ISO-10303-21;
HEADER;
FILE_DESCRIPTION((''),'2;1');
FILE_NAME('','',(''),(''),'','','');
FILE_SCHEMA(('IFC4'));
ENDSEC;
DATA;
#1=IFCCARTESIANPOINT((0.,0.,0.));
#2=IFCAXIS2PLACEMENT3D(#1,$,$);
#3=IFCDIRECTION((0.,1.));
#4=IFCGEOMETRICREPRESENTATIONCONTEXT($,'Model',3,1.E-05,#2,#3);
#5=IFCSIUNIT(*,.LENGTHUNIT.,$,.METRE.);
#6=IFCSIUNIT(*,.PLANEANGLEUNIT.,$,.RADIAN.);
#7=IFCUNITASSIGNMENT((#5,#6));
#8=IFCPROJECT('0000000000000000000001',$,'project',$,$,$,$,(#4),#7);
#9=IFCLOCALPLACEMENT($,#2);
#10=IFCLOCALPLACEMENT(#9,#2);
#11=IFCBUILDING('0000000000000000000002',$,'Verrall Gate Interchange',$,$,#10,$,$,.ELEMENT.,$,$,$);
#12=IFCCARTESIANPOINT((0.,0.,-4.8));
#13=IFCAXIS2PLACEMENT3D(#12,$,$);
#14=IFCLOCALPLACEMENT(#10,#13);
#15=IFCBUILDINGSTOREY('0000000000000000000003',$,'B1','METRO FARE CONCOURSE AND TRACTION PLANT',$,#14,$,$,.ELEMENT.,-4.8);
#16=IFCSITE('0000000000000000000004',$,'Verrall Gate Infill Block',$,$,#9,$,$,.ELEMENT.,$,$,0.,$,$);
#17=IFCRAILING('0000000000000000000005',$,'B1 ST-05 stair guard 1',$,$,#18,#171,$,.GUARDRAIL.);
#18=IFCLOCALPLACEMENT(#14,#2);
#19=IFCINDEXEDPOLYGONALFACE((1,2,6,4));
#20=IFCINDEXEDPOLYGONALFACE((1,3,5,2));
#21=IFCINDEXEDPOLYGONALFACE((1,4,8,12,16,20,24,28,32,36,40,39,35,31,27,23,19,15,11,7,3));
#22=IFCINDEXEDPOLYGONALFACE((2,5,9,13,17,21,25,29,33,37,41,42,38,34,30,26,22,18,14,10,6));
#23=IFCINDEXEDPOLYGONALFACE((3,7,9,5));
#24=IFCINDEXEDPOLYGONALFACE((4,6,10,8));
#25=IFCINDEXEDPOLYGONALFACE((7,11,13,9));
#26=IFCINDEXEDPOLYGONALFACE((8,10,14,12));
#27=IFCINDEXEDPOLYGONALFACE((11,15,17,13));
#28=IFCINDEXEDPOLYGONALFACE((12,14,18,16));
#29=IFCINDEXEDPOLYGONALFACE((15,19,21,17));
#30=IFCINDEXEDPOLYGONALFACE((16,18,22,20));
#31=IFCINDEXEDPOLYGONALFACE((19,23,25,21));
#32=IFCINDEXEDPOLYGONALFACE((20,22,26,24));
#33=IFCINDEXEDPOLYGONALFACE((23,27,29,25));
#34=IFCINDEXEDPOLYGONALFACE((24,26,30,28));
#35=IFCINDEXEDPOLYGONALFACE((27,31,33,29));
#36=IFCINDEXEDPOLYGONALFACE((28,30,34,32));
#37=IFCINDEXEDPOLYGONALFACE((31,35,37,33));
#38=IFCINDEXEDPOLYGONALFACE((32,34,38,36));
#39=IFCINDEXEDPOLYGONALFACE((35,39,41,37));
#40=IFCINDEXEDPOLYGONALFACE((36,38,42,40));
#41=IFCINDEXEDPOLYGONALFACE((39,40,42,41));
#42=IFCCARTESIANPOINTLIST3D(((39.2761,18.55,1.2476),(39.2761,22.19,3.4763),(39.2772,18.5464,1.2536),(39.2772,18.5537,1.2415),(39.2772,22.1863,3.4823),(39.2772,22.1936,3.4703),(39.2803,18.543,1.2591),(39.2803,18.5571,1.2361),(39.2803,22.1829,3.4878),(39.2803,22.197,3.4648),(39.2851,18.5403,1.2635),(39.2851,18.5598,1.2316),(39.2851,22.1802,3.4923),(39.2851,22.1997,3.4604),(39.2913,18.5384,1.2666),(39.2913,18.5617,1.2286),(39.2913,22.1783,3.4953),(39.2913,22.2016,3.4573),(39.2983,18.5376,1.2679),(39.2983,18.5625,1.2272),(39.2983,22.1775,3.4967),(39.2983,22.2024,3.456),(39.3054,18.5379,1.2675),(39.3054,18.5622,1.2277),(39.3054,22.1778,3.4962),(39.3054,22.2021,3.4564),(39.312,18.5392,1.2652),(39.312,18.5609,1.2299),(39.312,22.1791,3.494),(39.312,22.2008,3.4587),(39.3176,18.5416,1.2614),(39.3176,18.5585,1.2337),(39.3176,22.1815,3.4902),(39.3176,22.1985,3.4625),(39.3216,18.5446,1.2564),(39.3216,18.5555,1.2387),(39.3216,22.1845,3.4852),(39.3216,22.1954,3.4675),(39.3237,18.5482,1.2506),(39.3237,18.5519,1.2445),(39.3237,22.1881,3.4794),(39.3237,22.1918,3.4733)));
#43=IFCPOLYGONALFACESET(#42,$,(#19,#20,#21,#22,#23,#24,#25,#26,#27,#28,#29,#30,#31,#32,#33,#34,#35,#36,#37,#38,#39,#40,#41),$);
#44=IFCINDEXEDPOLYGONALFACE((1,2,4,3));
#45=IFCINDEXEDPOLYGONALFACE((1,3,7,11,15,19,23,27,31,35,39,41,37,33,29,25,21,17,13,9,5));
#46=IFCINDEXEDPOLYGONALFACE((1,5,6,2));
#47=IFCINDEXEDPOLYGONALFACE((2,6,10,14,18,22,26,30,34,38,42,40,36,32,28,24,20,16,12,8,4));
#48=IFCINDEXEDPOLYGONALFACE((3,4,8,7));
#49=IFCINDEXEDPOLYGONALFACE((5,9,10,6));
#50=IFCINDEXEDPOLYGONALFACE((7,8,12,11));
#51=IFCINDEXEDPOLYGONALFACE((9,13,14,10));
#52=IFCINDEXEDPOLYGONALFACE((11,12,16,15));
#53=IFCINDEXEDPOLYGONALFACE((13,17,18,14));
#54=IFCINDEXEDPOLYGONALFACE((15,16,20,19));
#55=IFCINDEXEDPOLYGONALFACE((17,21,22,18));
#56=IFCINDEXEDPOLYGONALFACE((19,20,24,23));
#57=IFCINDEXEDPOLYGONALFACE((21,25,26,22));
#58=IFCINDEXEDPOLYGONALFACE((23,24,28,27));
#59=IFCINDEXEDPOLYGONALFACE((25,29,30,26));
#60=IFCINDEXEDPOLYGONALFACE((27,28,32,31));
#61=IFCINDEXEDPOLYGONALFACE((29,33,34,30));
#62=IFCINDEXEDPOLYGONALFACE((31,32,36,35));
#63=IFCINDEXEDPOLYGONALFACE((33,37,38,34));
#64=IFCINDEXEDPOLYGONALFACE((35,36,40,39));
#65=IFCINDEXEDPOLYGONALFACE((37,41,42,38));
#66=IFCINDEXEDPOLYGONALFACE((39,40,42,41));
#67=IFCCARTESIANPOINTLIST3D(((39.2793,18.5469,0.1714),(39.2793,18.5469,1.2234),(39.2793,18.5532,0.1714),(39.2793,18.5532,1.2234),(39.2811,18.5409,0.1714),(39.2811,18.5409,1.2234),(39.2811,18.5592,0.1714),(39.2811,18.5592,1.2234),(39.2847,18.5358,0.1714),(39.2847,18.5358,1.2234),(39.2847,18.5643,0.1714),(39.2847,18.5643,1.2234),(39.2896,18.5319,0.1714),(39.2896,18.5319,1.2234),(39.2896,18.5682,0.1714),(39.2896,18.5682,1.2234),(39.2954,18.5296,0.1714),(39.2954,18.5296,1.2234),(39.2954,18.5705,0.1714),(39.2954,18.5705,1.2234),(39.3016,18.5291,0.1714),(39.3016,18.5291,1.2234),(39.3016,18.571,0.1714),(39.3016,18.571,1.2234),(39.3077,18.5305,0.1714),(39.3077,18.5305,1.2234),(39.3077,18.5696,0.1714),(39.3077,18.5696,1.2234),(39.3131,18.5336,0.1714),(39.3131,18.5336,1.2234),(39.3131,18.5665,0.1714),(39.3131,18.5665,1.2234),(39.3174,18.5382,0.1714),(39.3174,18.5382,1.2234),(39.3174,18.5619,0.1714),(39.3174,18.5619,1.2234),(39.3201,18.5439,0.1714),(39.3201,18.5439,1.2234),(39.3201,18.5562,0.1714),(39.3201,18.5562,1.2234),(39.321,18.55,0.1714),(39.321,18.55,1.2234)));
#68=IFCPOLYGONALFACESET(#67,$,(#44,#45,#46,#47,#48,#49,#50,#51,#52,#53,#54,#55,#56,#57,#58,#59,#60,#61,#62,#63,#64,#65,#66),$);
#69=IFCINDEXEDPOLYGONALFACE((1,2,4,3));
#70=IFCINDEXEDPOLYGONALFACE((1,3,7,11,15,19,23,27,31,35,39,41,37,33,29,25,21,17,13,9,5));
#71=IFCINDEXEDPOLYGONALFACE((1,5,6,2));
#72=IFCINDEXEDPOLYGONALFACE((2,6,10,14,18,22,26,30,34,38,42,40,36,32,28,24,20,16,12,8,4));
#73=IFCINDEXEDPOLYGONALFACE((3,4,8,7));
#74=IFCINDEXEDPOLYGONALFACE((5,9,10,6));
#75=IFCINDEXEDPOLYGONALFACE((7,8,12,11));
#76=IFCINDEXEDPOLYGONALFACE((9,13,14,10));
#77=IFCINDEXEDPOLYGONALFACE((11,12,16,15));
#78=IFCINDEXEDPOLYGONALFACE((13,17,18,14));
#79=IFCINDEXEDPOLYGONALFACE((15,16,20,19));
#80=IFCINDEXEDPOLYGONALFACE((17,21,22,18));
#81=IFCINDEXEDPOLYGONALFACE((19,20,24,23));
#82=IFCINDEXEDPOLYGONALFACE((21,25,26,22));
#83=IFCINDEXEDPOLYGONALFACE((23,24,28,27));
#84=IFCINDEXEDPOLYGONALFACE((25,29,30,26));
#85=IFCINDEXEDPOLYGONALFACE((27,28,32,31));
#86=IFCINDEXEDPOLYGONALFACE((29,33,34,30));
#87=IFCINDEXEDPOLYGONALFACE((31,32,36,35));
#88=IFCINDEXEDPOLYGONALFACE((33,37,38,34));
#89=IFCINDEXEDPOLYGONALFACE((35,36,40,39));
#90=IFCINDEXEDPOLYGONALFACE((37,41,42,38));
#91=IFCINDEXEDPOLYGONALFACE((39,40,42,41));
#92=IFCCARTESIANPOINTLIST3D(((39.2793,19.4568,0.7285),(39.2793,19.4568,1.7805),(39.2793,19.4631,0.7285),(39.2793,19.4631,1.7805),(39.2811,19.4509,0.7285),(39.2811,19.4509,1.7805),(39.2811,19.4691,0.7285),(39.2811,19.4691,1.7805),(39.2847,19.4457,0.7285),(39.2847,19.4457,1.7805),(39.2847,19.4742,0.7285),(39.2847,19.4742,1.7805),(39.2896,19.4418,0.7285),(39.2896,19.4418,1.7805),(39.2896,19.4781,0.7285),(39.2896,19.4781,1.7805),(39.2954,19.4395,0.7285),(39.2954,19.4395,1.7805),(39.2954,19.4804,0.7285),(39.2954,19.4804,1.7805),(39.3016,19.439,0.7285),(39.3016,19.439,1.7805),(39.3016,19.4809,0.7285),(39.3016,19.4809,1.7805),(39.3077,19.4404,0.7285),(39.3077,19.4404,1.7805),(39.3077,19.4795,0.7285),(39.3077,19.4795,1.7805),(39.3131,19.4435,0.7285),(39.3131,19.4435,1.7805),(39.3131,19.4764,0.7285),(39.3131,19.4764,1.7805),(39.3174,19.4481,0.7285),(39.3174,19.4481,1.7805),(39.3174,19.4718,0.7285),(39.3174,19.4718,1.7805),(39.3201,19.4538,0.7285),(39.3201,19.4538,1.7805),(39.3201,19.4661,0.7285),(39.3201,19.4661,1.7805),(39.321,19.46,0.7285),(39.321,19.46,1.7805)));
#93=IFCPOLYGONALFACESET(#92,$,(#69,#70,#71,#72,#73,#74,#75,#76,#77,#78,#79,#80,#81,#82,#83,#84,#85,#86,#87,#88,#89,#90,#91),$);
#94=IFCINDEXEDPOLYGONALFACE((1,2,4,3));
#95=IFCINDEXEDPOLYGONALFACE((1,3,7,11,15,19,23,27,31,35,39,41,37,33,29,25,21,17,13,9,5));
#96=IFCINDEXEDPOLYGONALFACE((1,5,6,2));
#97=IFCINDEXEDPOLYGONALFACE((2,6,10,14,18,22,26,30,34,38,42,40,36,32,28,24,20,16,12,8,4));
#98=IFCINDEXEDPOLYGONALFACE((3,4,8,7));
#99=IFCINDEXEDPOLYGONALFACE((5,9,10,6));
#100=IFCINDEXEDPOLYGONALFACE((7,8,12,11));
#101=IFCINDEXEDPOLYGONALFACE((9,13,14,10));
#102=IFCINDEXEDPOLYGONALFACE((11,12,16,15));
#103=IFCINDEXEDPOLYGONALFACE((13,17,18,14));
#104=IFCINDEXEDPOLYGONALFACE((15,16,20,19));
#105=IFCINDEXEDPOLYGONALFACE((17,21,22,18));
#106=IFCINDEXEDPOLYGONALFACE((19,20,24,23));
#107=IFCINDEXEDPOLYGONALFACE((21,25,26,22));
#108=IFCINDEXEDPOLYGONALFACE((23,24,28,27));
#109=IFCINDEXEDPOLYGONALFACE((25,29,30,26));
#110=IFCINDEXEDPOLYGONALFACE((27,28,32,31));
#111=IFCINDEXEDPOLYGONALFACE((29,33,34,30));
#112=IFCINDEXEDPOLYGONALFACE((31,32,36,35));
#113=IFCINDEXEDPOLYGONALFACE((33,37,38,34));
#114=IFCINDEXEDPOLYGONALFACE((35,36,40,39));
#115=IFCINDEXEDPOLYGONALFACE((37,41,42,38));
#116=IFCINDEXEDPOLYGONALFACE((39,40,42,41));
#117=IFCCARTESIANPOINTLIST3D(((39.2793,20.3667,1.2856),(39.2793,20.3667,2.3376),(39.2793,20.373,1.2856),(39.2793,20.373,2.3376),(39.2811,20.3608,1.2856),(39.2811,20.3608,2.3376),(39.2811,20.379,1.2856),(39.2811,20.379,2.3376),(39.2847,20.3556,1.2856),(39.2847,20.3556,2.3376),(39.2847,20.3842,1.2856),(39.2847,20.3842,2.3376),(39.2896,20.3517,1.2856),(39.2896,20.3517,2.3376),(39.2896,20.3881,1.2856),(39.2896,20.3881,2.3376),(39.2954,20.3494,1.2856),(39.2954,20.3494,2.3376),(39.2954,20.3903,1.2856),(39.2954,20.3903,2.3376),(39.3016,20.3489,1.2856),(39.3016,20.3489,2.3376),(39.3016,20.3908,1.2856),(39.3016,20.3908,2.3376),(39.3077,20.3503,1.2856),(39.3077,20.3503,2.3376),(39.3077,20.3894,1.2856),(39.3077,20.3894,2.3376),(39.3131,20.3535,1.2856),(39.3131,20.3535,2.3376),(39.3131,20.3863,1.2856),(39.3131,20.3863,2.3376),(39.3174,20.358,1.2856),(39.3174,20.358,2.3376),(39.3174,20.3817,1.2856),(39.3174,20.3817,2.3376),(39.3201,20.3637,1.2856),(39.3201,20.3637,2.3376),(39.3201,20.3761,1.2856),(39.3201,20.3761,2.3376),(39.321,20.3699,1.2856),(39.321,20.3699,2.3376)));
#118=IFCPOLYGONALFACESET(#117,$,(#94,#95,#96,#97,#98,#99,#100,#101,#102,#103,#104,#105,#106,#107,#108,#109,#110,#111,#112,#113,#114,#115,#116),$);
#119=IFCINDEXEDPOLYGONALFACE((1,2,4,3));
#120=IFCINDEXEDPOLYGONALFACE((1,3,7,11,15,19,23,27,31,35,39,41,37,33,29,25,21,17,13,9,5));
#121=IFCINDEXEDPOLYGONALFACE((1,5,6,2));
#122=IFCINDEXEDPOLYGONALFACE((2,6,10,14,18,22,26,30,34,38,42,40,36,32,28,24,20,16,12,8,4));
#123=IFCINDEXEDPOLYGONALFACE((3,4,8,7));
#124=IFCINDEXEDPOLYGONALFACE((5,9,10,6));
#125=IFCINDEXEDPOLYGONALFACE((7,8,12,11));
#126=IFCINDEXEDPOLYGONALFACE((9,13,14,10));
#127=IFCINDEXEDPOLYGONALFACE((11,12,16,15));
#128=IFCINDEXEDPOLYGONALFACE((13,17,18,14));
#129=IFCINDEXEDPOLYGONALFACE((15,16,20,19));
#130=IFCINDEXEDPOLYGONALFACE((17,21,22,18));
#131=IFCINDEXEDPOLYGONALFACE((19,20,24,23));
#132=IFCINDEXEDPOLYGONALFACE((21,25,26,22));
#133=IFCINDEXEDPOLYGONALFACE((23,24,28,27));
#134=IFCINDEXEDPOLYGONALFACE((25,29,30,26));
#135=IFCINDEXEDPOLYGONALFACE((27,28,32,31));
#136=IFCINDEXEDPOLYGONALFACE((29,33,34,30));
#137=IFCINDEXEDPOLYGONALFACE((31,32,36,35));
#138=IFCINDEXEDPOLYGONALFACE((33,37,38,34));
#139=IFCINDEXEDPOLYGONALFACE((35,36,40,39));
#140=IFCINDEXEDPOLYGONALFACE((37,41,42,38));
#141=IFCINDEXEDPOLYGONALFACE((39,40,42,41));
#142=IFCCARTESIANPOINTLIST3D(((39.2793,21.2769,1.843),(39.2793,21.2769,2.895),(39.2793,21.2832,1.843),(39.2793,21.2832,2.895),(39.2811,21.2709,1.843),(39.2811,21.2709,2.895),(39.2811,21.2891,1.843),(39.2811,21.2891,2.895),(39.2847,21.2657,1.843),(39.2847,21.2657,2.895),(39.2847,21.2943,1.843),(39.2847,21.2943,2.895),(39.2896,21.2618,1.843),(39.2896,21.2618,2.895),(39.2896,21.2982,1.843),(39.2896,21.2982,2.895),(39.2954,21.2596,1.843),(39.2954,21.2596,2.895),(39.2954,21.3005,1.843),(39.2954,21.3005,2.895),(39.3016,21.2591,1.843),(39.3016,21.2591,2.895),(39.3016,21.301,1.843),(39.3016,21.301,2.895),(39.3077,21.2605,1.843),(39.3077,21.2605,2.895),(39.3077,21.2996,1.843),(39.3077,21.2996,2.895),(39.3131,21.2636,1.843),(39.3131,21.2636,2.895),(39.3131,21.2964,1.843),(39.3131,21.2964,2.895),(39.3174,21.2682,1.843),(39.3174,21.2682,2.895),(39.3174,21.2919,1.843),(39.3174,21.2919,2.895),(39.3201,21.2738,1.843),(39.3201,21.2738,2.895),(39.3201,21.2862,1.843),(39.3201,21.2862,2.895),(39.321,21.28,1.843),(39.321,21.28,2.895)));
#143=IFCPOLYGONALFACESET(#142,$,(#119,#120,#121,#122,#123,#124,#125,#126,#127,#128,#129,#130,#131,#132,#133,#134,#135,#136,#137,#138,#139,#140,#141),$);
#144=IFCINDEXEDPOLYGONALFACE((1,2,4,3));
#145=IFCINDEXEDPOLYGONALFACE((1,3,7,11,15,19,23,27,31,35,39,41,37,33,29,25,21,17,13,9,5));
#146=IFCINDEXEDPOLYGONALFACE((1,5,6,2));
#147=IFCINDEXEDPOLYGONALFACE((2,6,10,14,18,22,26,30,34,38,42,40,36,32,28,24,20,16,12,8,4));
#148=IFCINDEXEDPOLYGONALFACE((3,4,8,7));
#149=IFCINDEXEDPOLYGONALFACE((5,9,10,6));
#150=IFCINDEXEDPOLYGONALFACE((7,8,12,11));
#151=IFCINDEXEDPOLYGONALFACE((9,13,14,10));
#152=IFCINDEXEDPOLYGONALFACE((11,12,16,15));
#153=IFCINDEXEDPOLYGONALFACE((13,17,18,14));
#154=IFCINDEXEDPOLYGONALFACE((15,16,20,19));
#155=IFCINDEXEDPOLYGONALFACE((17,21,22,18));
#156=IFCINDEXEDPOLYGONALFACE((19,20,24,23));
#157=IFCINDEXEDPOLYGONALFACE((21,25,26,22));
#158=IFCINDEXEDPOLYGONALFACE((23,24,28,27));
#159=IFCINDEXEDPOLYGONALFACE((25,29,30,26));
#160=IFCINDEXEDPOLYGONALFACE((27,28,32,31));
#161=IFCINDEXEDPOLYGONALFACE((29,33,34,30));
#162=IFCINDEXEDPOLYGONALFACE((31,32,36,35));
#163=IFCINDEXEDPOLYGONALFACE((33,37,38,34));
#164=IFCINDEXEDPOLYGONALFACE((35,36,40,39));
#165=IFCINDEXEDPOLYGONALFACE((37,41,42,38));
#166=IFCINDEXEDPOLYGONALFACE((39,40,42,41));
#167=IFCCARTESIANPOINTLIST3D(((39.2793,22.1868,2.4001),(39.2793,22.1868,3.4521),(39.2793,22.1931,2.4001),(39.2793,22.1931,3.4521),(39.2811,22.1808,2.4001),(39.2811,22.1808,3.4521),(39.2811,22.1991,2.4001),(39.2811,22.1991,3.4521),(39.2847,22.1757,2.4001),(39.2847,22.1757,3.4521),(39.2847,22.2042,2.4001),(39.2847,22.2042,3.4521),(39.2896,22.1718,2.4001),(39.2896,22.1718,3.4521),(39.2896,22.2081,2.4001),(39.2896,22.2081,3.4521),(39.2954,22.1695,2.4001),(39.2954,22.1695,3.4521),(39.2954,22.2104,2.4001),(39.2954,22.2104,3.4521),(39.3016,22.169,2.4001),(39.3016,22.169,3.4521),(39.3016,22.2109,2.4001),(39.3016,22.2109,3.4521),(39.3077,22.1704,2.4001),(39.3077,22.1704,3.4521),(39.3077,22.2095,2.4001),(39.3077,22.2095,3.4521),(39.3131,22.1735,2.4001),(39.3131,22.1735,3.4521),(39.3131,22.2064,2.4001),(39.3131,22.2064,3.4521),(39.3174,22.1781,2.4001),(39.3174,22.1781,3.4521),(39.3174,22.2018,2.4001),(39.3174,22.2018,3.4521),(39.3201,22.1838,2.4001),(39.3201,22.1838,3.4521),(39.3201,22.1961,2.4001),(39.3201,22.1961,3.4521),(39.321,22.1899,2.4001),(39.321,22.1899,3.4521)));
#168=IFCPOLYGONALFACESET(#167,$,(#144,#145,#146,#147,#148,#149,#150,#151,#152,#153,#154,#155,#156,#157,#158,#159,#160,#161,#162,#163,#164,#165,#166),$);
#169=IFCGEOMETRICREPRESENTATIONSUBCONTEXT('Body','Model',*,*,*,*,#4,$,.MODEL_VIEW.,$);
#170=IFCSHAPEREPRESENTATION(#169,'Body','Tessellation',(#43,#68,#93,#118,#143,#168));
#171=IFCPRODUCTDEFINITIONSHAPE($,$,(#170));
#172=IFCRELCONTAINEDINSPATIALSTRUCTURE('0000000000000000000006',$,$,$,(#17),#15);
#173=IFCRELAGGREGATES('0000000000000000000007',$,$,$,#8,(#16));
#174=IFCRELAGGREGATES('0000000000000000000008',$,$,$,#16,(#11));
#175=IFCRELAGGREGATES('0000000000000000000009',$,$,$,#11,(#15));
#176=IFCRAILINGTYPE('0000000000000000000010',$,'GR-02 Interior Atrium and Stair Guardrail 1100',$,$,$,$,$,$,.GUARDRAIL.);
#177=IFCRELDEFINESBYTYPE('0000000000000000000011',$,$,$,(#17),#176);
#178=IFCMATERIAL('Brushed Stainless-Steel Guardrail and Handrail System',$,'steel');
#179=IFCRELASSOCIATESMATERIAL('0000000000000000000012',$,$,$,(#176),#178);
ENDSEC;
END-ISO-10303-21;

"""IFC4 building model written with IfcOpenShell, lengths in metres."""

from ifc_helpers import new_model, si_unit, direction, frame, origin, origin_2d, place, context, subcontext, project, spatial, circle, extrude, material, type_object, element, save


model = new_model("IFC4")

# Units and contexts
model_context = context("Model", 3, precision=1e-05, world=origin(), true_north=direction((0.0, 1.0)))
body_context = subcontext(model_context, "Body", "Model", "MODEL_VIEW")
ifc_project = project(units=[si_unit("LENGTHUNIT", "METRE"), si_unit("PLANEANGLEUNIT", "RADIAN")], contexts=[model_context])

# Site, building, storey
site_placement = place(None, origin())
site = spatial("IfcSite", under=ifc_project, at=site_placement, Name="Verrall Gate Infill Block", CompositionType="ELEMENT", RefElevation=0.0)
building_placement = place(site_placement, origin())
building = spatial("IfcBuilding", under=site, at=building_placement, Name="Verrall Gate Interchange", CompositionType="ELEMENT")
storey_placement = place(building_placement, frame((0.0, 0.0, -4.8)))
storey = spatial("IfcBuildingStorey", under=building, at=storey_placement, Name="B1", Description="METRO FARE CONCOURSE AND TRACTION PLANT", CompositionType="ELEMENT", Elevation=-4.8)

# Railing
ifc_material_1 = material(Name="Brushed Stainless-Steel Guardrail and Handrail System", Category="steel")
railing_type_1 = type_object("IfcRailingType", Name="GR-02 Interior Atrium and Stair Guardrail 1100", PredefinedType="GUARDRAIL", material=ifc_material_1)
railing_1_placement = place(storey_placement, frame((39.3, 18.55, 0.1714)))
element("IfcRailing", 1, at=railing_1_placement, inside=storey, type_object=railing_type_1, Name="B1 ST-05 stair guard 1", PredefinedType="GUARDRAIL", context=body_context, shape_type="SweptSolid", body=[
    extrude(circle(Radius=0.0239, at=origin_2d()), frame((0.0, 0.0, 1.0762), z_axis=(0.0, 0.852825, 0.522197), x_axis=(-1.0, 0.0, 0.0)), (0.0, 0.0, 1.0), 4.2681),
    extrude(circle(Radius=0.021, at=origin_2d()), origin(), (0.0, 0.0, 1.0), 1.052),
    extrude(circle(Radius=0.021, at=origin_2d()), frame((0.0, 0.9099, 0.5571)), (0.0, 0.0, 1.0), 1.052),
    extrude(circle(Radius=0.021, at=origin_2d()), frame((0.0, 1.8198, 1.1143)), (0.0, 0.0, 1.0), 1.052),
    extrude(circle(Radius=0.021, at=origin_2d()), frame((0.0, 2.73, 1.6716)), (0.0, 0.0, 1.0), 1.052),
    extrude(circle(Radius=0.021, at=origin_2d()), frame((0.0, 3.6399, 2.2288)), (0.0, 0.0, 1.0), 1.052),
])

save(model, "model.ifc")
